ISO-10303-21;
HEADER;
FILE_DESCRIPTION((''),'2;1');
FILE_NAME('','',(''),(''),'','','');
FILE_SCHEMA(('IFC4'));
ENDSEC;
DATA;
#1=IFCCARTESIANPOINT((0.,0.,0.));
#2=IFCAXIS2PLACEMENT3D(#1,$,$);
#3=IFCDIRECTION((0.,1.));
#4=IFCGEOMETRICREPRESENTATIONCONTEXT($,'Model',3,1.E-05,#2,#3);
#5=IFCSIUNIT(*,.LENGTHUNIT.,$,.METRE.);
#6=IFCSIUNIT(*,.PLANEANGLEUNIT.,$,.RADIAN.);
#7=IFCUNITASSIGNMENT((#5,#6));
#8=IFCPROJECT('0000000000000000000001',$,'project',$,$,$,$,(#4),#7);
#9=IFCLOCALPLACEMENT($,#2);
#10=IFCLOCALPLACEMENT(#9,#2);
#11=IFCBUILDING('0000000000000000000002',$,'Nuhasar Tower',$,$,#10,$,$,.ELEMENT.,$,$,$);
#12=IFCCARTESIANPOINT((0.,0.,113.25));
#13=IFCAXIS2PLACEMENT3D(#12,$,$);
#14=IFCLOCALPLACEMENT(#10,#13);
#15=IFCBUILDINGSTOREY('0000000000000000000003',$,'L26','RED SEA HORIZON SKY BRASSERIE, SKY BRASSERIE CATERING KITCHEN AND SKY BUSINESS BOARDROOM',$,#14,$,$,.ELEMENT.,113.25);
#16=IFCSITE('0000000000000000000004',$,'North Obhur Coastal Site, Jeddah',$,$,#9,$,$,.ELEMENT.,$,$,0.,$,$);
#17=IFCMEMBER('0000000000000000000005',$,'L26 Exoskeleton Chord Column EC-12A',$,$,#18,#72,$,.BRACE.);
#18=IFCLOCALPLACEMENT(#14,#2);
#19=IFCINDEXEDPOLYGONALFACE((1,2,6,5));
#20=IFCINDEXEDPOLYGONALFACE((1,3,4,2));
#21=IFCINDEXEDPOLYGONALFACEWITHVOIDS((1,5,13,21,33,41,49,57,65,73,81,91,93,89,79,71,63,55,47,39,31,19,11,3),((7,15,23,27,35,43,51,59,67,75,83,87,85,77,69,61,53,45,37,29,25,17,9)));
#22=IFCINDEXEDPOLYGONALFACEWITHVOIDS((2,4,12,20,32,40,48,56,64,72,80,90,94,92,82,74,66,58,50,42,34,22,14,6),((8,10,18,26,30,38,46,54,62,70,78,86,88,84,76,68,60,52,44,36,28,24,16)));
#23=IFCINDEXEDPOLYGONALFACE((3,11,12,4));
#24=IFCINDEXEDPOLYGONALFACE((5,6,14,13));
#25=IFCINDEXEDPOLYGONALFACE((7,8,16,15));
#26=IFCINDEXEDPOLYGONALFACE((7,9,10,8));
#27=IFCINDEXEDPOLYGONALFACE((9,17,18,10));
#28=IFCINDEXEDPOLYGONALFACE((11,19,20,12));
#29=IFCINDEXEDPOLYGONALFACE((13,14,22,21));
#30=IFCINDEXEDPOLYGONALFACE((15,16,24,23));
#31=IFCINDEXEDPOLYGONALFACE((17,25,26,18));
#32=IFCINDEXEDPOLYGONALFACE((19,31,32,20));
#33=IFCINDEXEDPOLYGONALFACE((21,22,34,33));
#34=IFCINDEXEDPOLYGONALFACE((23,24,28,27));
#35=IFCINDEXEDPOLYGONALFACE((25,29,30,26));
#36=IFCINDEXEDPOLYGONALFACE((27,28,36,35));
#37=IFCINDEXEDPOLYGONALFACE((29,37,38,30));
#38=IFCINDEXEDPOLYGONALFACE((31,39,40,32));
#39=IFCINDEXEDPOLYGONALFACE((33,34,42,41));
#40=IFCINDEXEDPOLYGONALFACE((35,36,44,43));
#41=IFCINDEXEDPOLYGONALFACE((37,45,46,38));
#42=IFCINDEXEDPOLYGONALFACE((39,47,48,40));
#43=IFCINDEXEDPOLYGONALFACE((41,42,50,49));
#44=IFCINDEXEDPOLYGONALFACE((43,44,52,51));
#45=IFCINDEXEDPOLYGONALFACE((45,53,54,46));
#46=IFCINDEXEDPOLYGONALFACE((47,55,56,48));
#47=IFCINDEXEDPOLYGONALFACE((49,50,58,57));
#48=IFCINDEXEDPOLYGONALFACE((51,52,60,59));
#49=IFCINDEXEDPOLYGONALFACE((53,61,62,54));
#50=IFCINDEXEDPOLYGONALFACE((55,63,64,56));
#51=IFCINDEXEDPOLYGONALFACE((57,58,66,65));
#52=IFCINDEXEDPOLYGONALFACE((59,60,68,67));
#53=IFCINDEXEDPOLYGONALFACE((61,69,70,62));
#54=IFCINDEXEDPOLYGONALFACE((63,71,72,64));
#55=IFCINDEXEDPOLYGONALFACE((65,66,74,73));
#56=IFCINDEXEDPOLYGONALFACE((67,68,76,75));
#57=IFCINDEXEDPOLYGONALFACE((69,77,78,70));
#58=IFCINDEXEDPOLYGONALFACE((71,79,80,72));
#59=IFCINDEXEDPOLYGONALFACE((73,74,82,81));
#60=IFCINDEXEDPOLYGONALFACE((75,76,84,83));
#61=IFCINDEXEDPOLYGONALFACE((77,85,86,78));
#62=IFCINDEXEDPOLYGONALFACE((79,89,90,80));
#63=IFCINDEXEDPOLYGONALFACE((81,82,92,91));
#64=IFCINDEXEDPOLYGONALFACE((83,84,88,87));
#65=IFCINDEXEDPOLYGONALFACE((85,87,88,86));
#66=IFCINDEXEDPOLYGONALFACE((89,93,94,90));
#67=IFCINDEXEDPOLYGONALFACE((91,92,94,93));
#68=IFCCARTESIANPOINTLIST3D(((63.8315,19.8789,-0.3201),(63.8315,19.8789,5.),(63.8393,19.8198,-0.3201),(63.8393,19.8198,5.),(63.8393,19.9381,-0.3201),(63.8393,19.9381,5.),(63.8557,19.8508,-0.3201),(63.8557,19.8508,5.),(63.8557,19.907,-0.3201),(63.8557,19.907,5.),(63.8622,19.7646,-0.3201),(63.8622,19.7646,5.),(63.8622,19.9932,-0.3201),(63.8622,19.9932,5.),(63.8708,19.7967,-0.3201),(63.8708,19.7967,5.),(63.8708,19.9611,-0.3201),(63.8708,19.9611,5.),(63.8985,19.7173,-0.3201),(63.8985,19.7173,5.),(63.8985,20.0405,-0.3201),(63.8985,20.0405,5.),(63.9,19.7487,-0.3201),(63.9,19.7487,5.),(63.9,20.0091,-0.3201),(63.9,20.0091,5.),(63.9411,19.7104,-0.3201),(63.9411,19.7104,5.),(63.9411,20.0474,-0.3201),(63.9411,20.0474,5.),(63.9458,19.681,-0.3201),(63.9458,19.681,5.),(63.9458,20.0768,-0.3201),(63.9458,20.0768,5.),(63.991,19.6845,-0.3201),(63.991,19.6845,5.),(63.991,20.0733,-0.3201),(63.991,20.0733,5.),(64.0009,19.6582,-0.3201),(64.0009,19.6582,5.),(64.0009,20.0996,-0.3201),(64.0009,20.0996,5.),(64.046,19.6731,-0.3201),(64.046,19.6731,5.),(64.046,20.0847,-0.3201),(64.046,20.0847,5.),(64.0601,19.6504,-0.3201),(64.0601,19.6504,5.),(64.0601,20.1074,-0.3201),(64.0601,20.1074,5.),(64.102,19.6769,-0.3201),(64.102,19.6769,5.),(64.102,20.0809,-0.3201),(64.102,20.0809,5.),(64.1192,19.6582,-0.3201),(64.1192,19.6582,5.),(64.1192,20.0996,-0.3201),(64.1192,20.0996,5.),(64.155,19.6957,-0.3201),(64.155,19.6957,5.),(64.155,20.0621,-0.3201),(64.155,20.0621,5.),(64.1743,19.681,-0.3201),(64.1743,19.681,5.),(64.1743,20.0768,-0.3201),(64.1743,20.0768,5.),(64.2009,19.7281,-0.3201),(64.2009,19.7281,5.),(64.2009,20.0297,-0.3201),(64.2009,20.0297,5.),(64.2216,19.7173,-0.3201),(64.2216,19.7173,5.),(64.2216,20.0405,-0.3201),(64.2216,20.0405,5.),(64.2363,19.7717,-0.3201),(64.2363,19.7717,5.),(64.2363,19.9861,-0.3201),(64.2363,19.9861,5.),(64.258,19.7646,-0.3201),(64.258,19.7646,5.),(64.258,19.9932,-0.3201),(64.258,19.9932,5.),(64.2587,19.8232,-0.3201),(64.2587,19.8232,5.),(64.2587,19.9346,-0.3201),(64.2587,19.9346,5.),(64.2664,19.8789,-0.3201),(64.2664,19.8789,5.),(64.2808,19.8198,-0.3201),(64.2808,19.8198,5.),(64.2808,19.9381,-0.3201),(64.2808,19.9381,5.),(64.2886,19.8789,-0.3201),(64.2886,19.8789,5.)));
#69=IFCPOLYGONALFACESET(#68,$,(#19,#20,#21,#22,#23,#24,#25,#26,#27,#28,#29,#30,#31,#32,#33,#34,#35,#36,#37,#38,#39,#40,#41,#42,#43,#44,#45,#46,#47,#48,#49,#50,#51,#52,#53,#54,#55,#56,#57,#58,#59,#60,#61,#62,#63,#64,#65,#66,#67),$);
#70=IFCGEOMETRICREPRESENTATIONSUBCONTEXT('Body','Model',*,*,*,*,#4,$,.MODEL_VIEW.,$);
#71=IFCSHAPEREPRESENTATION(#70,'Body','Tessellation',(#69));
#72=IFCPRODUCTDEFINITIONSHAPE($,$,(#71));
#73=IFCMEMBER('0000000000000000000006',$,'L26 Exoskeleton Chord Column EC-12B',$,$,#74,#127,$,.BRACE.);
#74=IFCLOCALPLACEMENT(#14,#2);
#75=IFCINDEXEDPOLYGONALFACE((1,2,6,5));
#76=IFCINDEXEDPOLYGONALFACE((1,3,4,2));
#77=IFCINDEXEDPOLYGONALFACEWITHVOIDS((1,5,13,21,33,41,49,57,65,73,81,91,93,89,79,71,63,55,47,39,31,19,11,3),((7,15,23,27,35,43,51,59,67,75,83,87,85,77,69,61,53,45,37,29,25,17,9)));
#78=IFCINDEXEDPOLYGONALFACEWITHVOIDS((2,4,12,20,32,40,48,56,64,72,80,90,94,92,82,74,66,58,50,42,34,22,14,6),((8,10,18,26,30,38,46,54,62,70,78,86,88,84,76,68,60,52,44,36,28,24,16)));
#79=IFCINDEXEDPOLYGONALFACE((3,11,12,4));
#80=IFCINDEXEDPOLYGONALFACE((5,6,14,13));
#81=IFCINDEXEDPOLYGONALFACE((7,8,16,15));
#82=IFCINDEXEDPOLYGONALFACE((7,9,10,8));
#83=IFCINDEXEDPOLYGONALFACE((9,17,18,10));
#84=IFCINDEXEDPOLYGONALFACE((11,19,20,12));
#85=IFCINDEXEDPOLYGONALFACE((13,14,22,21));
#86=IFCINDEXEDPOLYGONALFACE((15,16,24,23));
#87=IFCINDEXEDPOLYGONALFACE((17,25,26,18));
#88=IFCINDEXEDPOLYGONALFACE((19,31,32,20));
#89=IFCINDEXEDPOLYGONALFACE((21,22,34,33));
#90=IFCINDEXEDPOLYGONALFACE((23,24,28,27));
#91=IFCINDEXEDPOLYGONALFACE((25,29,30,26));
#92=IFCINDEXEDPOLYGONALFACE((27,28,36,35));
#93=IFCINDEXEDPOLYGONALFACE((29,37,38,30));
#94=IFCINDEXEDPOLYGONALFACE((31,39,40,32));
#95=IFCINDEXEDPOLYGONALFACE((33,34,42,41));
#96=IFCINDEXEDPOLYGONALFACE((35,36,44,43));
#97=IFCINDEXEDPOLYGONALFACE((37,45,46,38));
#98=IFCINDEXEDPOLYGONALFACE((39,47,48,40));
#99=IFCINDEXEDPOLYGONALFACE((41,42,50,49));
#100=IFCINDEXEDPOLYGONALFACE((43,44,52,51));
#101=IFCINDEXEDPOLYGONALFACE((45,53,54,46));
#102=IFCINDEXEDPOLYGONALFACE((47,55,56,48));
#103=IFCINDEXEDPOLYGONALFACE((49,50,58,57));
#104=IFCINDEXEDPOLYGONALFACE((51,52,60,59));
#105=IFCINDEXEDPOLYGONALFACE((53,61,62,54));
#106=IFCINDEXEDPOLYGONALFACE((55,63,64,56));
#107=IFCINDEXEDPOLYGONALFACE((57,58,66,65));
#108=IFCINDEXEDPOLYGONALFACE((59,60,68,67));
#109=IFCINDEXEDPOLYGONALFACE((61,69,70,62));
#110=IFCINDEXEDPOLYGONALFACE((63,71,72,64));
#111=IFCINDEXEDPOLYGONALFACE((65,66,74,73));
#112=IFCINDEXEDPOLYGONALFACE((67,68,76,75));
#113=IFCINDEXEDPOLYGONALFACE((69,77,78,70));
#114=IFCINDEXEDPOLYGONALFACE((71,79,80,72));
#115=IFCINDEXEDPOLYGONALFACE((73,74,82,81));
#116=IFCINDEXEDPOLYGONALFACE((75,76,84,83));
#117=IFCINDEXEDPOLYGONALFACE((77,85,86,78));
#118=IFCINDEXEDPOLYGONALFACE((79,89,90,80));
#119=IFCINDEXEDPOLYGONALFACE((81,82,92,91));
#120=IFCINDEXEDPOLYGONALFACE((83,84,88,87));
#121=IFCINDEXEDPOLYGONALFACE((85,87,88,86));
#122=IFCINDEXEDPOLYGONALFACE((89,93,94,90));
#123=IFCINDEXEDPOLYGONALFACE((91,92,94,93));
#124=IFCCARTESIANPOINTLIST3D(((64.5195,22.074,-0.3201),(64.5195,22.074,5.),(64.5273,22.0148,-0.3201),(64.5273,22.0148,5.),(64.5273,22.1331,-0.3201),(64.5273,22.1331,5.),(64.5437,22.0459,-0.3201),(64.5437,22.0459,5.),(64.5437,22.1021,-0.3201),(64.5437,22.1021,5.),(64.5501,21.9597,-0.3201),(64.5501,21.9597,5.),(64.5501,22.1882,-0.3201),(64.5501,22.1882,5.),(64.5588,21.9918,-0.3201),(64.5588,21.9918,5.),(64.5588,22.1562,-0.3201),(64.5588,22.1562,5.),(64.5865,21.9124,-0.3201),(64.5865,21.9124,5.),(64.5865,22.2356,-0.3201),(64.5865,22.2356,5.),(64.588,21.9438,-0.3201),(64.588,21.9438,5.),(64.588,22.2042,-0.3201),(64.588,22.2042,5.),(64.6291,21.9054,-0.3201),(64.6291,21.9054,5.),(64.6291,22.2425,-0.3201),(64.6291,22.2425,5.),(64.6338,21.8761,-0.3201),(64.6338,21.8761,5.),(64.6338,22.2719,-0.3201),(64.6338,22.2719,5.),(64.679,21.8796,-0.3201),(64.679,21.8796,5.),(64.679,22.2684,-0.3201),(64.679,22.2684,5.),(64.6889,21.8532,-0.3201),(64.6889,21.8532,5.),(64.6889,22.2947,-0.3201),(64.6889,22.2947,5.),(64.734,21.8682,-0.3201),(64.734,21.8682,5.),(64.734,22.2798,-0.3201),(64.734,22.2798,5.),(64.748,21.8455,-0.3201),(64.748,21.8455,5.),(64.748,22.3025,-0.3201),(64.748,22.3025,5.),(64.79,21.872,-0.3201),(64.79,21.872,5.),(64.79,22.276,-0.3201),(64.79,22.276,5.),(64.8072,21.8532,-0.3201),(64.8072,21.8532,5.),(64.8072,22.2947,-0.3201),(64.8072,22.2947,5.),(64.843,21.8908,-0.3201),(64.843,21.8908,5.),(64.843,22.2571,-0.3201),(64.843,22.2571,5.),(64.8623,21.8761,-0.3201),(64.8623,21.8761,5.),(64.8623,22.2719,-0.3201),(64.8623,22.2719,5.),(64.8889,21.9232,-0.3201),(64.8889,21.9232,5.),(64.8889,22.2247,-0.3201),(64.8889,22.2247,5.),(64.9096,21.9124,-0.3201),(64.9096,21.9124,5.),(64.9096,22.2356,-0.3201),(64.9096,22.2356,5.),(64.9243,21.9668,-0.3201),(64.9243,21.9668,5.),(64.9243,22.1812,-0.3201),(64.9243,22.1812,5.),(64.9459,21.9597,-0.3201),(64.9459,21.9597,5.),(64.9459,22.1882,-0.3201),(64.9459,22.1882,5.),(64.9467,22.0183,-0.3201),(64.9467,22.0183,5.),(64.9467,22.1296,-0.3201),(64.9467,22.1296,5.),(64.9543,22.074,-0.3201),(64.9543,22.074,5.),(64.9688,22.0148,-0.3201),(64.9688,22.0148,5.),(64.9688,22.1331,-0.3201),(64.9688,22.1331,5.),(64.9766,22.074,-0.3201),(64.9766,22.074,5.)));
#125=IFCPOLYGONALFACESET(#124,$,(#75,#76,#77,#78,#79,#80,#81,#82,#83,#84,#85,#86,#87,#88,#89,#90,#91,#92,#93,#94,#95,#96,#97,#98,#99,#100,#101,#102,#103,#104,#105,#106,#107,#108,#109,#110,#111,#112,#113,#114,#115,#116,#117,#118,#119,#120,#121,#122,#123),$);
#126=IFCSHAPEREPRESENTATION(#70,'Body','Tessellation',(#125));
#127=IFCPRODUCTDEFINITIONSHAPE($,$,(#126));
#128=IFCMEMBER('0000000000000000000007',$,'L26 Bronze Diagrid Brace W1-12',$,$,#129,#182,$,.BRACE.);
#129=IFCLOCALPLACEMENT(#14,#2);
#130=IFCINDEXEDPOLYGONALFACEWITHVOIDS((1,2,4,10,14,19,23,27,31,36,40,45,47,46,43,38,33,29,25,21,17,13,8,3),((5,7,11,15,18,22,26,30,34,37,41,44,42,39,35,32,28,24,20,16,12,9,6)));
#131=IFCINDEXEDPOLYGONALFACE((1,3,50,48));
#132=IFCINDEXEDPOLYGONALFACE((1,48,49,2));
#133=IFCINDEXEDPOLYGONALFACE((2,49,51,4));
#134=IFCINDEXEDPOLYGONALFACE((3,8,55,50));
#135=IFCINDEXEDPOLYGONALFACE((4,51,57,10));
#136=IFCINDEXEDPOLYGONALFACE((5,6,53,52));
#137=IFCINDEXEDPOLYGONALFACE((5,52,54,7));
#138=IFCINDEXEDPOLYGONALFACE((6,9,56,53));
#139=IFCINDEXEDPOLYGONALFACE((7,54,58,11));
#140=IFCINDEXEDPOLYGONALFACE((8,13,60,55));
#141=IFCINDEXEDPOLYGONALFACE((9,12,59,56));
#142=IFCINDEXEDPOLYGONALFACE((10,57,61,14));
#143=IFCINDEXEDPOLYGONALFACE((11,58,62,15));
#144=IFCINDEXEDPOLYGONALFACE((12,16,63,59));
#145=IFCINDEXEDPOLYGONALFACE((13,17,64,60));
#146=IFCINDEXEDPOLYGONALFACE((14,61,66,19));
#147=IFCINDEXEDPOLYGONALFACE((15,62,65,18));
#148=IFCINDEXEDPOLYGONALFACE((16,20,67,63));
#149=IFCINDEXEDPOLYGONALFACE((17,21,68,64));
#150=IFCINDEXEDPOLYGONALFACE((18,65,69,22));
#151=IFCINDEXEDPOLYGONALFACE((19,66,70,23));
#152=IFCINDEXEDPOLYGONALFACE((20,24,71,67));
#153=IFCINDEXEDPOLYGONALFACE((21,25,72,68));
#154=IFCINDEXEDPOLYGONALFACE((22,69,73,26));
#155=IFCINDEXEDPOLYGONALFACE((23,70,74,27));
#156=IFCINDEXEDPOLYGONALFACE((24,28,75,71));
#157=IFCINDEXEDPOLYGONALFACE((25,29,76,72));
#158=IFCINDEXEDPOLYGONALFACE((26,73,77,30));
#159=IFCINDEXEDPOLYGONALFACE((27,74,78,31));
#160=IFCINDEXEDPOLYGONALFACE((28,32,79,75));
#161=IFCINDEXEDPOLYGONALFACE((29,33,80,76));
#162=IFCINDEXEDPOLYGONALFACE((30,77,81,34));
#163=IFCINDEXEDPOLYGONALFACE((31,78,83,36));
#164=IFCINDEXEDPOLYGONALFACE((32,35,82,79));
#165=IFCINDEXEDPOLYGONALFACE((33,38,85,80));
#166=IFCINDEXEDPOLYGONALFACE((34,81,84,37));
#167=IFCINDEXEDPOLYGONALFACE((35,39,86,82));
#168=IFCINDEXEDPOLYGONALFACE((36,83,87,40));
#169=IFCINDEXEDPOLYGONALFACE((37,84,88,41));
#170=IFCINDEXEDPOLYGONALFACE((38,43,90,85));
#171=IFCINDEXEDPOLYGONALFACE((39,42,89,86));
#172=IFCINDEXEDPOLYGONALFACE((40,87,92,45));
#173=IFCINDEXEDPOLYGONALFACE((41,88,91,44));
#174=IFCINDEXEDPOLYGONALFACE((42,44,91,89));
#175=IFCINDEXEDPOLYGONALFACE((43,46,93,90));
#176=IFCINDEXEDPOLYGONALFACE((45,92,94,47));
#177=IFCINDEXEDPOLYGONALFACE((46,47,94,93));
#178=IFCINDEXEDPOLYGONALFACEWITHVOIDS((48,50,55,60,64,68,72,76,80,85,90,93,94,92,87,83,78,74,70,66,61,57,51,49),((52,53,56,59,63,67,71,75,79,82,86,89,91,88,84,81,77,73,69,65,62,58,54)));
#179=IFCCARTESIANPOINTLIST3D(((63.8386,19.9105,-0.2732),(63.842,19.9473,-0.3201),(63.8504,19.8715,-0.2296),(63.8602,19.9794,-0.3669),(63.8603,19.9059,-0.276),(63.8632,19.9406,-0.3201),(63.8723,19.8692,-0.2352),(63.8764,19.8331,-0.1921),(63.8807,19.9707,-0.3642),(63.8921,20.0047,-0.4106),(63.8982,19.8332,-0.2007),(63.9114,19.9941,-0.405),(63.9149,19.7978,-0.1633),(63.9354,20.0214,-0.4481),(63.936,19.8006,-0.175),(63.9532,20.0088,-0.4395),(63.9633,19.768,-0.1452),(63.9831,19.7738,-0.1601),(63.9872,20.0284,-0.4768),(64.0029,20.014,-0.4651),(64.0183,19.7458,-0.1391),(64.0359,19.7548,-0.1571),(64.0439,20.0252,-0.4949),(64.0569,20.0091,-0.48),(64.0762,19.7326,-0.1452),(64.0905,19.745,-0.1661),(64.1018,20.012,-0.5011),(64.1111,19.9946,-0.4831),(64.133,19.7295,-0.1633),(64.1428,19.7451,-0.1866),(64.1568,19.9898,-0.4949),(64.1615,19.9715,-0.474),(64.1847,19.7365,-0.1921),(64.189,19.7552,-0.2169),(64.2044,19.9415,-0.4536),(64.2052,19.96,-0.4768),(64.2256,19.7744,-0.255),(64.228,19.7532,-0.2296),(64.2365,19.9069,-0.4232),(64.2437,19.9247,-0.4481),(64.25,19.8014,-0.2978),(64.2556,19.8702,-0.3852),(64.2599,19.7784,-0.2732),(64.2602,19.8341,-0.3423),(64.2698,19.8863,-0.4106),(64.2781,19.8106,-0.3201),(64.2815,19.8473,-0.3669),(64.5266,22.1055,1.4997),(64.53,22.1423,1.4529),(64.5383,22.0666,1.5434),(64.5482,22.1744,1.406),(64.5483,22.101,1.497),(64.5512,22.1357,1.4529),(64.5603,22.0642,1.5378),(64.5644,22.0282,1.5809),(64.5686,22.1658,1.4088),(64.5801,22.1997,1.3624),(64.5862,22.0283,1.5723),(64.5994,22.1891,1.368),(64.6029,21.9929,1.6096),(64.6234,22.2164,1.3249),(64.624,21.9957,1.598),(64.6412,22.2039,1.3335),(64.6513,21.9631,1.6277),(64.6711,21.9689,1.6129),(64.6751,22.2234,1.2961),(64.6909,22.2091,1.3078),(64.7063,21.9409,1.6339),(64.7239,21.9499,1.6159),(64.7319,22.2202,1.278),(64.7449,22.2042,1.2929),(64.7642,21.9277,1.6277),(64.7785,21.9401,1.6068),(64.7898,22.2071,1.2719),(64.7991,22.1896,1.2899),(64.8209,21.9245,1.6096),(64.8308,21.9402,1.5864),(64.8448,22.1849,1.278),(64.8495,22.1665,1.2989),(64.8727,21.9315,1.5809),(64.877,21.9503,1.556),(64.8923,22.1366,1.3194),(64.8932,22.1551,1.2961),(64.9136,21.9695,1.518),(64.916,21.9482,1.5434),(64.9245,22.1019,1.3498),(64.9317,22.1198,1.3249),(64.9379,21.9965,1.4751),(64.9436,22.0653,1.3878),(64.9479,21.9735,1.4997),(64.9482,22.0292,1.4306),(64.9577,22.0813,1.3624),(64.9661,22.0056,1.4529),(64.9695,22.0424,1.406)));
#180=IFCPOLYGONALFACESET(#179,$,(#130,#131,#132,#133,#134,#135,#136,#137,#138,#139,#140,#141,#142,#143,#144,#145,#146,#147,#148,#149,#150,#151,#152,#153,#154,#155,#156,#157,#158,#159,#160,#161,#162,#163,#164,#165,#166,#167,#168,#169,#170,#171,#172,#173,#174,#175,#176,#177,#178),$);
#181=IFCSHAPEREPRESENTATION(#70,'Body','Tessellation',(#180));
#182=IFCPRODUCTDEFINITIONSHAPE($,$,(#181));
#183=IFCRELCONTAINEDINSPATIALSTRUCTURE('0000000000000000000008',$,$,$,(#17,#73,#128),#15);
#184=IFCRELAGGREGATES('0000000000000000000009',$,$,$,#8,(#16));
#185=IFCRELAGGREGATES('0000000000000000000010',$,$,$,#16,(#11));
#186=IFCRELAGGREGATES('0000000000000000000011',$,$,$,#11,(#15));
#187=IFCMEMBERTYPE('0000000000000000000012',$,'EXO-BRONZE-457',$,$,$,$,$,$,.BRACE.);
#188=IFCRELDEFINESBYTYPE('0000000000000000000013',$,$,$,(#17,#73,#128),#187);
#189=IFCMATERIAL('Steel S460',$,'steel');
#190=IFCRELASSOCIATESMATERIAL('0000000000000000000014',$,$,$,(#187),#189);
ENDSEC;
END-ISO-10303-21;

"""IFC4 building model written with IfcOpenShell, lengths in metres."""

from ifc_helpers import new_model, si_unit, direction, frame, origin, origin_2d, place, context, subcontext, project, spatial, hollow_circle, extrude, material, material_profile, profile_set, type_object, element, save


model = new_model("IFC4")

# Units and contexts
model_context = context("Model", 3, precision=1e-05, world=origin(), true_north=direction((0.0, 1.0)))
body_context = subcontext(model_context, "Body", "Model", "MODEL_VIEW")
ifc_project = project(units=[si_unit("LENGTHUNIT", "METRE"), si_unit("PLANEANGLEUNIT", "RADIAN")], contexts=[model_context])

# Site, building, storey
site_placement = place(None, origin())
site = spatial("IfcSite", under=ifc_project, at=site_placement, Name="North Obhur Coastal Site, Jeddah", CompositionType="ELEMENT", RefElevation=0.0)
building_placement = place(site_placement, origin())
building = spatial("IfcBuilding", under=site, at=building_placement, Name="Nuhasar Tower", CompositionType="ELEMENT")
storey_placement = place(building_placement, frame((0.0, 0.0, 113.25)))
storey = spatial("IfcBuildingStorey", under=building, at=storey_placement, Name="L26", Description="RED SEA HORIZON SKY BRASSERIE, SKY BRASSERIE CATERING KITCHEN AND SKY BUSINESS BOARDROOM", CompositionType="ELEMENT", Elevation=113.25)

# Shared definitions
ifc_material_1 = material(Name="Steel S460", Category="steel")

# Members
ifc_material_profile_1 = material_profile(ifc_material_1, hollow_circle(Radius=0.2285, WallThickness=0.0222, at=origin_2d()), Name="HSS457X22.2")
ifc_profile_set_1 = profile_set([ifc_material_profile_1], Name="Steel S460")
member_type_1 = type_object("IfcMemberType", Name="EXO-BRONZE-457", PredefinedType="BRACE", material=ifc_profile_set_1)
for number, where, z_axis, x_axis, name in (
    (1, (64.0601, 19.8789, -0.3201), (0.0, 0.0, 1.0), (1.0, 0.0, 0.0), "L26 Exoskeleton Chord Column EC-12A"),
    (2, (64.748, 22.074, -0.3201), (0.0, 0.0, 1.0), (1.0, 0.0, 0.0), "L26 Exoskeleton Chord Column EC-12B"),
):
    element("IfcMember", number, at=place(storey_placement, frame(where, z_axis=z_axis, x_axis=x_axis)), inside=storey, type_object=member_type_1, Name=name, PredefinedType="BRACE", context=body_context, shape_type="SweptSolid", body=[
        extrude(hollow_circle(Radius=0.2285, WallThickness=0.0222, at=origin_2d()), origin(), (0.0, 0.0, 1.0), 5.3201),
    ])
member_1_placement = place(storey_placement, frame((64.0601, 19.8789, -0.3201), z_axis=(0.236885, 0.755798, 0.610455), x_axis=(-0.954228, 0.299079, 0.0)))
element("IfcMember", 3, at=member_1_placement, inside=storey, type_object=member_type_1, Name="L26 Bronze Diagrid Brace W1-12", PredefinedType="BRACE", context=body_context, shape_type="SweptSolid", body=[
    extrude(hollow_circle(Radius=0.2285, WallThickness=0.0222, at=origin_2d()), origin(), (0.0, 0.0, 1.0), 2.9043),
])

save(model, "model.ifc")
